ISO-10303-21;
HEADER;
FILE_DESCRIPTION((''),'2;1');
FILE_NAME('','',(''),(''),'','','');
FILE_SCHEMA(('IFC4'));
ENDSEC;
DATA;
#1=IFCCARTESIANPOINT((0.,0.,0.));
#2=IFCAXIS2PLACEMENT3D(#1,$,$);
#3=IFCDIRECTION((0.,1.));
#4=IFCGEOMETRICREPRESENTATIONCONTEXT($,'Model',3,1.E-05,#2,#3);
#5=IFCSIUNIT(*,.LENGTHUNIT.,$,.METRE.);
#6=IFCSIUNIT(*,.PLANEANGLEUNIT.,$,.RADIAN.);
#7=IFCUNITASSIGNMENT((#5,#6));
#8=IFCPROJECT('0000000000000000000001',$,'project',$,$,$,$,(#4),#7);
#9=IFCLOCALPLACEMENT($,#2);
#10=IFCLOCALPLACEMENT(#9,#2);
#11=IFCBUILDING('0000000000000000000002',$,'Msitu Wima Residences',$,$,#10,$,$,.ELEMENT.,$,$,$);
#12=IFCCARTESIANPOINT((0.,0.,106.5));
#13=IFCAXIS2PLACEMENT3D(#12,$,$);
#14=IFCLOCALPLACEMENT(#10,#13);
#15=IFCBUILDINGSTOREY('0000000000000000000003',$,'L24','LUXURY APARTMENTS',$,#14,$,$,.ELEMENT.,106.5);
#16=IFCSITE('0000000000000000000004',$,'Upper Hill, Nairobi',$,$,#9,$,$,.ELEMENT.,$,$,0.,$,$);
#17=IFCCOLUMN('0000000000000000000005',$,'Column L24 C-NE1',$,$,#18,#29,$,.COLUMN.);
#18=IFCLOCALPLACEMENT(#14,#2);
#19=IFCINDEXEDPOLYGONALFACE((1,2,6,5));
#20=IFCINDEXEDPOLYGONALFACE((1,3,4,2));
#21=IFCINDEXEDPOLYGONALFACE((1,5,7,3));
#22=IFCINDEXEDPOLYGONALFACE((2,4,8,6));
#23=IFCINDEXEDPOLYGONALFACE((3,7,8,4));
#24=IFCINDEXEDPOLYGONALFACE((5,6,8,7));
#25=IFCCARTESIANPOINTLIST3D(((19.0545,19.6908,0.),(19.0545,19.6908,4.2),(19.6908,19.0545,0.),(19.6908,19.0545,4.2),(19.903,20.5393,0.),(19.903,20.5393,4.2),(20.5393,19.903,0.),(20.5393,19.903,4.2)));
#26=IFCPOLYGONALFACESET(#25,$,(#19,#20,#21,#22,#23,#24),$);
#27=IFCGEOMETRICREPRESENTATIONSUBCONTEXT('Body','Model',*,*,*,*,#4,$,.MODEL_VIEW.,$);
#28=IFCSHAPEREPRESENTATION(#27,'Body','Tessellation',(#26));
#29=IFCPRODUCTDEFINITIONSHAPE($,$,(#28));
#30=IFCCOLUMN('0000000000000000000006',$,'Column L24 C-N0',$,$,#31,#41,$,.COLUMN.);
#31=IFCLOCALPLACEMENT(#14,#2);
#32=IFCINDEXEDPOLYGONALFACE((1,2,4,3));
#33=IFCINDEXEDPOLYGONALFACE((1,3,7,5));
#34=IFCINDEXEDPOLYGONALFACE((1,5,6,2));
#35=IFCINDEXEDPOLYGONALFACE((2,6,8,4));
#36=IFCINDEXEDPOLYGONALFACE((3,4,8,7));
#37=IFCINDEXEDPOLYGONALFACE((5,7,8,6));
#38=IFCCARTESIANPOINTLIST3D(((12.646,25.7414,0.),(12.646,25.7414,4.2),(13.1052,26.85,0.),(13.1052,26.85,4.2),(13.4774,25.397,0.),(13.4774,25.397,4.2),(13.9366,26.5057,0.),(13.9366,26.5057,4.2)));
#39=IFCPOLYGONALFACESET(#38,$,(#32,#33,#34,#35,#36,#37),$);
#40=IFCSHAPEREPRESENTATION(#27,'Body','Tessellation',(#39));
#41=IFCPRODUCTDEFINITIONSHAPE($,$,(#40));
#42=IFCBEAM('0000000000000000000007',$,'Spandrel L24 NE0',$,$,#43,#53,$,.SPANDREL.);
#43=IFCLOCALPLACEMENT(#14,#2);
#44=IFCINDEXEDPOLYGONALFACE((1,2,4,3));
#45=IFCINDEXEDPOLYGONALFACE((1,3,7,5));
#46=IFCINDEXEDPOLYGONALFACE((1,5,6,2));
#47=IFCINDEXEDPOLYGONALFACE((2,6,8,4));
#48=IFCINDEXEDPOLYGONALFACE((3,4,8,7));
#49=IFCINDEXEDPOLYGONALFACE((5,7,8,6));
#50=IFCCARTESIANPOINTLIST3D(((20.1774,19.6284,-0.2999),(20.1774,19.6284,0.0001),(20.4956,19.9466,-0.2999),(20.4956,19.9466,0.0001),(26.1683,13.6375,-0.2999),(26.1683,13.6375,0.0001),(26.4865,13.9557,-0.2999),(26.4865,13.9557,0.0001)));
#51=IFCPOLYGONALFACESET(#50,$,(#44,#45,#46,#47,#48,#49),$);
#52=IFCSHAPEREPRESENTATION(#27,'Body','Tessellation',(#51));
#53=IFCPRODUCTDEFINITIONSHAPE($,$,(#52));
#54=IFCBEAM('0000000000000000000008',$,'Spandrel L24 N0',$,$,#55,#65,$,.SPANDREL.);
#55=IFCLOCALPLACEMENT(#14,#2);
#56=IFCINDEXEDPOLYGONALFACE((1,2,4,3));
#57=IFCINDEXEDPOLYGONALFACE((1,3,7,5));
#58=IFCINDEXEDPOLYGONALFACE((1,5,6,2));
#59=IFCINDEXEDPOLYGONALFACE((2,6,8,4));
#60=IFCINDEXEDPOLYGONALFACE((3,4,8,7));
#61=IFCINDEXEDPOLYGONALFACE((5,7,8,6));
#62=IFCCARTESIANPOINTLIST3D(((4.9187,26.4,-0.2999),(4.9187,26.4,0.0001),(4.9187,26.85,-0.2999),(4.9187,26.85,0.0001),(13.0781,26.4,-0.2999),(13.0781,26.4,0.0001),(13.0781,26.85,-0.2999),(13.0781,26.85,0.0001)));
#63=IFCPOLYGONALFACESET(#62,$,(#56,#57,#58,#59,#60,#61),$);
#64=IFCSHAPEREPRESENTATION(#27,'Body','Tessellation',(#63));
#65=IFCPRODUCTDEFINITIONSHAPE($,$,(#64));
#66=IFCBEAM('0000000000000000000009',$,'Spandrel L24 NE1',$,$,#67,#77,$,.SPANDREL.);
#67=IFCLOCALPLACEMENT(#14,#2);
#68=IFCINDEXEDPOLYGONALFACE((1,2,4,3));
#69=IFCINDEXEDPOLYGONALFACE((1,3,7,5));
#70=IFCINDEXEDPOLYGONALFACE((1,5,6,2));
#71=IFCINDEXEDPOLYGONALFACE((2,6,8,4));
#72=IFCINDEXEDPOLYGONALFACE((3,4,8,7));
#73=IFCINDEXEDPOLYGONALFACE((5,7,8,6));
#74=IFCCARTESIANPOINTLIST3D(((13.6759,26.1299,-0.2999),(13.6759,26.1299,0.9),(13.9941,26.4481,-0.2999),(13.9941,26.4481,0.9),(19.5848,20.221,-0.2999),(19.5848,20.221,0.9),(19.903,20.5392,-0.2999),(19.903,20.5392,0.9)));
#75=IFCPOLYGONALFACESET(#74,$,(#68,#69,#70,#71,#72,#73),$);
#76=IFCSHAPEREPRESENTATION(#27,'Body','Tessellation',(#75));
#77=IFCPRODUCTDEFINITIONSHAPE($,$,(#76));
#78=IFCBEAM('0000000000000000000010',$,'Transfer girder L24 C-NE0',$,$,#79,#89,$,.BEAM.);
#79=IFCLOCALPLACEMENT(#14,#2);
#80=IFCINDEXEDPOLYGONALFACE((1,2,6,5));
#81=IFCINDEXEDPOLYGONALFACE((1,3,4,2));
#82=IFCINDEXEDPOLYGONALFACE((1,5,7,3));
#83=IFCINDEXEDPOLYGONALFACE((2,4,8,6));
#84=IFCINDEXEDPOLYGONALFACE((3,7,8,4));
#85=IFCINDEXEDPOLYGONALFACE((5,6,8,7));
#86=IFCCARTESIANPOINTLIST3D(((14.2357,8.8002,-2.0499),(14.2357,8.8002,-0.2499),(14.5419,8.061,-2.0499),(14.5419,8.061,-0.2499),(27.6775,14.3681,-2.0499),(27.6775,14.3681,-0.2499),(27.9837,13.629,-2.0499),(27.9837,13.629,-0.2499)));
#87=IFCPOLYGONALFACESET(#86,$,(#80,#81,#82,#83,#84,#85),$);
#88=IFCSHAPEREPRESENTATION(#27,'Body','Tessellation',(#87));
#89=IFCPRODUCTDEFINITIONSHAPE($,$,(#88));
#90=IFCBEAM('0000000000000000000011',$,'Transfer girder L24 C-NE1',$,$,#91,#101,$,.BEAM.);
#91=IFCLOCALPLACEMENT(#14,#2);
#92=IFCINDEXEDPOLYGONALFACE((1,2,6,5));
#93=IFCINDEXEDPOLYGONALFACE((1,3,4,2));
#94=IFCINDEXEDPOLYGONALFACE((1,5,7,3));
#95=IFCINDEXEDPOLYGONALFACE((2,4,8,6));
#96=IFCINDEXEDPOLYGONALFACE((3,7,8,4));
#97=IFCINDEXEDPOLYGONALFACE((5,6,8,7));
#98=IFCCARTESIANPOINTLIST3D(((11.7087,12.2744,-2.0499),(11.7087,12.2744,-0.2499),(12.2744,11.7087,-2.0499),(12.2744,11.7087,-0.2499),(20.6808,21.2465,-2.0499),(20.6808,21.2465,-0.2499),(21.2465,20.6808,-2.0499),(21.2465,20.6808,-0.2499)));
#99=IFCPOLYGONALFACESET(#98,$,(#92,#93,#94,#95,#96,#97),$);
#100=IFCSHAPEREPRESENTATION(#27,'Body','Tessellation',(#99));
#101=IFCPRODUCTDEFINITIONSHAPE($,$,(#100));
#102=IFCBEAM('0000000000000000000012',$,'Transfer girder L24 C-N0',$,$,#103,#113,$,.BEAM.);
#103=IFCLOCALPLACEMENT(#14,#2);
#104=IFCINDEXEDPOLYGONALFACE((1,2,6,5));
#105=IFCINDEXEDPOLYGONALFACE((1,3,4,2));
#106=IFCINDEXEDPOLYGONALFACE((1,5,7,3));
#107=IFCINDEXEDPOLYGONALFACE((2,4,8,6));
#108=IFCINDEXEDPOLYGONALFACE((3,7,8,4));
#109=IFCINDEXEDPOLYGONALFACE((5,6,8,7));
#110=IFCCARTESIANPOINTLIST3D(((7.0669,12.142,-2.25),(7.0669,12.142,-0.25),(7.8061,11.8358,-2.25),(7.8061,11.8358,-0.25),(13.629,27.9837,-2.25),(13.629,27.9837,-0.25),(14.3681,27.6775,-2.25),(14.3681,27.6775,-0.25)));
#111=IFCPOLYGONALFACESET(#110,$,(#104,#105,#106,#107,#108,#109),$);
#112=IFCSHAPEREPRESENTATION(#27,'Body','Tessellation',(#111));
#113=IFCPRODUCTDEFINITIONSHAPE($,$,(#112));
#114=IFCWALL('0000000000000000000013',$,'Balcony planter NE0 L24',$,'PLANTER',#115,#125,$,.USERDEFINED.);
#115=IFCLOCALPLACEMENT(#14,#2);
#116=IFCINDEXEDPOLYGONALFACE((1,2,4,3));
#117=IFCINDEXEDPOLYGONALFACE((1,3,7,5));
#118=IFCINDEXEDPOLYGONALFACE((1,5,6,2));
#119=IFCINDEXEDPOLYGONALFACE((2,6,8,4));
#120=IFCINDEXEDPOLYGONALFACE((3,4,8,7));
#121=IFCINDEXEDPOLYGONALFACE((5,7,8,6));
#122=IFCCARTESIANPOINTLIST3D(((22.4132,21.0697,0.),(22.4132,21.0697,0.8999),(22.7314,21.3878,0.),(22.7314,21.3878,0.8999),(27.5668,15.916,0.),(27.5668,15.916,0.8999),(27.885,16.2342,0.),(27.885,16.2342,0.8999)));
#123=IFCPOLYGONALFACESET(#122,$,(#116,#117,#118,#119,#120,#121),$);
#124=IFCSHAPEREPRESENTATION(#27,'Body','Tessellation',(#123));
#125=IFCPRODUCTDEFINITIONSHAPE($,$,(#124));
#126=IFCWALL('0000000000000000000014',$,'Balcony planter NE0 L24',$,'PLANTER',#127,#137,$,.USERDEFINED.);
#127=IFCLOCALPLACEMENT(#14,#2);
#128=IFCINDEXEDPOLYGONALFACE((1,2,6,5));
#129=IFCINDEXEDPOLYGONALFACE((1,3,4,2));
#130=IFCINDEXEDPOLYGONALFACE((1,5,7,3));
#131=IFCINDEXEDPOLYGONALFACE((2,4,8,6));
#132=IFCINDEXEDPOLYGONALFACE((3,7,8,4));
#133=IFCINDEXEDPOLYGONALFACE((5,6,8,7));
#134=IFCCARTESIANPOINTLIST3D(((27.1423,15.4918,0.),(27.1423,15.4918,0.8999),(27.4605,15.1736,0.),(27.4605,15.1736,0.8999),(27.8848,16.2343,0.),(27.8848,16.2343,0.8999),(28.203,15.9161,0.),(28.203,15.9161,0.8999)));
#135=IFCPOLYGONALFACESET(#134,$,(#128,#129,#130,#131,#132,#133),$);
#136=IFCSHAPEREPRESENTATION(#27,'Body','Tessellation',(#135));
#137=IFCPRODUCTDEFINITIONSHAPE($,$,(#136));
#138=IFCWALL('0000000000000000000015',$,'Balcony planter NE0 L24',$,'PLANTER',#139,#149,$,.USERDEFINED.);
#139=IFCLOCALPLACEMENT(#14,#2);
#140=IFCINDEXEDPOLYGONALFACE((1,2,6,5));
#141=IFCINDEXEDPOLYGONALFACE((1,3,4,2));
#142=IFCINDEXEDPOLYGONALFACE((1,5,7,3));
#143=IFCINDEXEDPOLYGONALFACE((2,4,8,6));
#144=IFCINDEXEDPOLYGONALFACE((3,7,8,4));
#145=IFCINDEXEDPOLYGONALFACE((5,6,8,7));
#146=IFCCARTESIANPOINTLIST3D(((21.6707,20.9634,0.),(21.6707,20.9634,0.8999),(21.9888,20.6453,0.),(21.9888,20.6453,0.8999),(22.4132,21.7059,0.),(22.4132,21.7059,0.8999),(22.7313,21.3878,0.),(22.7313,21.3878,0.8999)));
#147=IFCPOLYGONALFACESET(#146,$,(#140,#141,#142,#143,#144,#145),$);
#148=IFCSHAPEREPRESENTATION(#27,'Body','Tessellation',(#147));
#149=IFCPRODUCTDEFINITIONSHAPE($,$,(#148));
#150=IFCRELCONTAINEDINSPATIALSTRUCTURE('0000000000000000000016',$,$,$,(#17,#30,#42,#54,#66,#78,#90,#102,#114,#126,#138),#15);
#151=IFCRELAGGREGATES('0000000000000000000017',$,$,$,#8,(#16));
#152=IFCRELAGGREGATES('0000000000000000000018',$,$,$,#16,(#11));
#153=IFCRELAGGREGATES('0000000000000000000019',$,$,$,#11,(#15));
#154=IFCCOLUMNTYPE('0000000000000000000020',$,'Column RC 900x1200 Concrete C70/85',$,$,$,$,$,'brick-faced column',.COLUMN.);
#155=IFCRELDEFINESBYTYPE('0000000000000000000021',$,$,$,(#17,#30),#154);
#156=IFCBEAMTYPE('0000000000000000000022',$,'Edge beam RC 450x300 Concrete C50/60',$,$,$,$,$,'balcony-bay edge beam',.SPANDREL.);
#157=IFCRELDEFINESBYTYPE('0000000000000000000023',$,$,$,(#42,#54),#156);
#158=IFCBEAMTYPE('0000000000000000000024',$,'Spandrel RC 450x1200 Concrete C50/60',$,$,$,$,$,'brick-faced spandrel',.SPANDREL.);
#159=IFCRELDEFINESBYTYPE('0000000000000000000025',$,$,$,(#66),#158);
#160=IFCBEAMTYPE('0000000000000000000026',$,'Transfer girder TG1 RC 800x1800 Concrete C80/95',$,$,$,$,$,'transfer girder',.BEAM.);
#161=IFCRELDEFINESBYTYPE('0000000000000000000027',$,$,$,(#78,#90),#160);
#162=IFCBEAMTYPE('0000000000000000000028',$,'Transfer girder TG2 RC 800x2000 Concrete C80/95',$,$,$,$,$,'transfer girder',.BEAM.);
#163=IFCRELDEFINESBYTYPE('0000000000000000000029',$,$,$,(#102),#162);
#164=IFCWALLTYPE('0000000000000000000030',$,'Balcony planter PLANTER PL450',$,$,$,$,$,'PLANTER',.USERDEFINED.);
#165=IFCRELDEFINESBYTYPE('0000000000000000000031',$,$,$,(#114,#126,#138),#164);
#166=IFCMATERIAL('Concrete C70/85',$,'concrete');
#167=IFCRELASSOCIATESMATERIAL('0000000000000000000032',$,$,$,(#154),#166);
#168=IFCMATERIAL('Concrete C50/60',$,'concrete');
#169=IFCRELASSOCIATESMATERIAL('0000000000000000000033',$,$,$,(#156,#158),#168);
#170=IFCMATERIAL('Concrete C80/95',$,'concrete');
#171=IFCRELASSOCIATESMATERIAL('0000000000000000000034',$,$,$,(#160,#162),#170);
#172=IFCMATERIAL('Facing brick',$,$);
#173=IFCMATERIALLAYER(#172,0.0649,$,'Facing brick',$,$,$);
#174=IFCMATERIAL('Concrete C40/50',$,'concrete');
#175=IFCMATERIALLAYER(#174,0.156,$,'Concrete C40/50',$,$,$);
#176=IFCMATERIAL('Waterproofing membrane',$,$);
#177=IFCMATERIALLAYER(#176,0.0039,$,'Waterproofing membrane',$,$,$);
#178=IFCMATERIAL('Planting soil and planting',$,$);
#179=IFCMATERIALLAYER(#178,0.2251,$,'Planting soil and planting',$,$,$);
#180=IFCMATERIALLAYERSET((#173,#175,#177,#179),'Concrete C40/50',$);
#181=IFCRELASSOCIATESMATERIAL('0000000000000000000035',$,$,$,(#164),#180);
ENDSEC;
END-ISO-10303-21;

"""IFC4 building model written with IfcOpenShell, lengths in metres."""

from ifc_helpers import new_model, si_unit, direction, frame, frame_2d, origin, origin_2d, place, context, subcontext, project, spatial, rectangle, extrude, material, layer, layer_set, material_profile, profile_set, type_object, element, save


model = new_model("IFC4")

# Units and contexts
model_context = context("Model", 3, precision=1e-05, world=origin(), true_north=direction((0.0, 1.0)))
body_context = subcontext(model_context, "Body", "Model", "MODEL_VIEW")
ifc_project = project(units=[si_unit("LENGTHUNIT", "METRE"), si_unit("PLANEANGLEUNIT", "RADIAN")], contexts=[model_context])

# Site, building, storey
site_placement = place(None, origin())
site = spatial("IfcSite", under=ifc_project, at=site_placement, Name="Upper Hill, Nairobi", CompositionType="ELEMENT", RefElevation=0.0)
building_placement = place(site_placement, origin())
building = spatial("IfcBuilding", under=site, at=building_placement, Name="Msitu Wima Residences", CompositionType="ELEMENT")
storey_placement = place(building_placement, frame((0.0, 0.0, 106.5)))
storey = spatial("IfcBuildingStorey", under=building, at=storey_placement, Name="L24", Description="LUXURY APARTMENTS", CompositionType="ELEMENT", Elevation=106.5)

# Columns
ifc_material_1 = material(Name="Concrete C70/85", Category="concrete")
ifc_material_profile_1 = material_profile(ifc_material_1, rectangle(XDim=0.8999, YDim=1.2, at=origin_2d()), Name="RC 900x1200")
ifc_profile_set_1 = profile_set([ifc_material_profile_1], Name="Concrete C70/85")
column_type = type_object("IfcColumnType", Name="Column RC 900x1200 Concrete C70/85", ElementType="brick-faced column", PredefinedType="COLUMN", material=ifc_profile_set_1)
for number, where, z_axis, x_axis, name in (
    (1, (19.7969, 19.7969, 0.0), (0.0, 0.0, 1.0), (-0.707107, 0.707107, 0.0), "Column L24 C-NE1"),
    (2, (13.2913, 26.1235, 0.0), (0.0, 0.0, 1.0), (-0.92388, 0.382683, 0.0), "Column L24 C-N0"),
):
    element("IfcColumn", number, at=place(storey_placement, frame(where, z_axis=z_axis, x_axis=x_axis)), inside=storey, type_object=column_type, Name=name, PredefinedType="COLUMN", context=body_context, shape_type="SweptSolid", body=[
        extrude(rectangle(XDim=0.8999, YDim=1.2, at=origin_2d()), origin(), (0.0, 0.0, 1.0), 4.2),
    ])

# Beams
ifc_material_2 = material(Name="Concrete C50/60", Category="concrete")
ifc_material_profile_2 = material_profile(ifc_material_2, rectangle(XDim=0.45, YDim=0.3, at=origin_2d()), Name="RC 450x300")
ifc_profile_set_2 = profile_set([ifc_material_profile_2], Name="Concrete C50/60")
beam_type_1 = type_object("IfcBeamType", Name="Edge beam RC 450x300 Concrete C50/60", ElementType="balcony-bay edge beam", PredefinedType="SPANDREL", material=ifc_profile_set_2)
beam_1_placement = place(storey_placement, frame((26.3274, 13.7966, -0.1499), z_axis=(-0.707107, 0.707107, 0.0), x_axis=(-0.707107, -0.707107, 0.0)))
element("IfcBeam", 3, at=beam_1_placement, inside=storey, type_object=beam_type_1, Name="Spandrel L24 NE0", PredefinedType="SPANDREL", context=body_context, shape_type="SweptSolid", body=[
    extrude(rectangle(XDim=0.45, YDim=0.3, at=origin_2d()), origin(), (0.0, 0.0, 1.0), 8.4724),
])
beam_2_placement = place(storey_placement, frame((13.0781, 26.625, -0.1499), z_axis=(-1.0, 0.0, 0.0), x_axis=(0.0, -1.0, 0.0)))
element("IfcBeam", 4, at=beam_2_placement, inside=storey, type_object=beam_type_1, Name="Spandrel L24 N0", PredefinedType="SPANDREL", context=body_context, shape_type="SweptSolid", body=[
    extrude(rectangle(XDim=0.45, YDim=0.3, at=origin_2d()), origin(), (0.0, 0.0, 1.0), 8.1594),
])
ifc_material_profile_3 = material_profile(ifc_material_2, rectangle(XDim=0.45, YDim=1.2, at=origin_2d()), Name="RC 450x1200")
ifc_profile_set_3 = profile_set([ifc_material_profile_3], Name="Concrete C50/60")
beam_type_2 = type_object("IfcBeamType", Name="Spandrel RC 450x1200 Concrete C50/60", ElementType="brick-faced spandrel", PredefinedType="SPANDREL", material=ifc_profile_set_3)
beam_3_placement = place(storey_placement, frame((19.7439, 20.3801, 0.3), z_axis=(-0.707107, 0.707107, 0.0), x_axis=(-0.707107, -0.707107, 0.0)))
element("IfcBeam", 5, at=beam_3_placement, inside=storey, type_object=beam_type_2, Name="Spandrel L24 NE1", PredefinedType="SPANDREL", context=body_context, shape_type="SweptSolid", body=[
    extrude(rectangle(XDim=0.45, YDim=1.2, at=origin_2d()), origin(), (0.0, 0.0, 1.0), 8.3564),
])
ifc_material_3 = material(Name="Concrete C80/95", Category="concrete")
ifc_material_profile_4 = material_profile(ifc_material_3, rectangle(XDim=0.8, YDim=1.8, at=origin_2d()), Name="RC 800x1800")
ifc_profile_set_4 = profile_set([ifc_material_profile_4], Name="Concrete C80/95")
beam_type_3 = type_object("IfcBeamType", Name="Transfer girder TG1 RC 800x1800 Concrete C80/95", ElementType="transfer girder", PredefinedType="BEAM", material=ifc_profile_set_4)
beam_4_placement = place(storey_placement, frame((27.8306, 13.9985, -1.1499), z_axis=(-0.923876, -0.382693, 0.0), x_axis=(0.382693, -0.923876, 0.0)))
element("IfcBeam", 6, at=beam_4_placement, inside=storey, type_object=beam_type_3, Name="Transfer girder L24 C-NE0", PredefinedType="BEAM", context=body_context, shape_type="SweptSolid", body=[
    extrude(rectangle(XDim=0.8, YDim=1.8, at=origin_2d()), origin(), (0.0, 0.0, 1.0), 14.5493),
])
beam_5_placement = place(storey_placement, frame((20.9636, 20.9636, -1.1499), z_axis=(-0.707107, -0.707107, 0.0), x_axis=(0.707107, -0.707107, 0.0)))
element("IfcBeam", 7, at=beam_5_placement, inside=storey, type_object=beam_type_3, Name="Transfer girder L24 C-NE1", PredefinedType="BEAM", context=body_context, shape_type="SweptSolid", body=[
    extrude(rectangle(XDim=0.8, YDim=1.8, at=origin_2d()), origin(), (0.0, 0.0, 1.0), 12.6885),
])
ifc_material_profile_5 = material_profile(ifc_material_3, rectangle(XDim=0.8, YDim=2.0, at=origin_2d()), Name="RC 800x2000")
ifc_profile_set_5 = profile_set([ifc_material_profile_5], Name="Concrete C80/95")
beam_type_4 = type_object("IfcBeamType", Name="Transfer girder TG2 RC 800x2000 Concrete C80/95", ElementType="transfer girder", PredefinedType="BEAM", material=ifc_profile_set_5)
beam_6_placement = place(storey_placement, frame((13.9985, 27.8306, -1.25), z_axis=(-0.382695, -0.923875, 0.0), x_axis=(0.923875, -0.382695, 0.0)))
element("IfcBeam", 8, at=beam_6_placement, inside=storey, type_object=beam_type_4, Name="Transfer girder L24 C-N0", PredefinedType="BEAM", context=body_context, shape_type="SweptSolid", body=[
    extrude(rectangle(XDim=0.8, YDim=2.0, at=origin_2d()), origin(), (0.0, 0.0, 1.0), 17.147),
])

# Walls
ifc_material_4 = material(Name="Facing brick")
ifc_layer_1 = layer(ifc_material_4, 0.0649, Name="Facing brick")
ifc_material_5 = material(Name="Concrete C40/50", Category="concrete")
ifc_layer_2 = layer(ifc_material_5, 0.156, Name="Concrete C40/50")
ifc_material_6 = material(Name="Waterproofing membrane")
ifc_layer_3 = layer(ifc_material_6, 0.0039, Name="Waterproofing membrane")
ifc_material_7 = material(Name="Planting soil and planting")
ifc_layer_4 = layer(ifc_material_7, 0.2251, Name="Planting soil and planting")
ifc_layer_set_1 = layer_set([ifc_layer_1, ifc_layer_2, ifc_layer_3, ifc_layer_4], Name="Concrete C40/50")
wall_type_1 = type_object("IfcWallType", Name="Balcony planter PLANTER PL450", ElementType="PLANTER", PredefinedType="USERDEFINED", material=ifc_layer_set_1)
wall_1_placement = place(storey_placement, frame((27.7258, 16.0752, 0.0), z_axis=(0.0, 0.0, 1.0), x_axis=(-0.707107, 0.707107, 0.0)))
element("IfcWall", 9, at=wall_1_placement, inside=storey, type_object=wall_type_1, Name="Balcony planter NE0 L24", ObjectType="PLANTER", PredefinedType="USERDEFINED", context=body_context, shape_type="SweptSolid", body=[
    extrude(rectangle(XDim=7.2883, YDim=0.45, at=frame_2d((3.644, 0.0))), origin(), (0.0, 0.0, 1.0), 0.8999),
])
for number, where, z_axis, x_axis, name in (
    (10, (27.3015, 15.3328, 0.0), (0.0, 0.0, 1.0), (0.707107, 0.707107, 0.0), "Balcony planter NE0 L24"),
    (11, (21.8298, 20.8044, 0.0), (0.0, 0.0, 1.0), (0.707107, 0.707107, 0.0), "Balcony planter NE0 L24"),
):
    element("IfcWall", number, at=place(storey_placement, frame(where, z_axis=z_axis, x_axis=x_axis)), inside=storey, type_object=wall_type_1, Name=name, ObjectType="PLANTER", PredefinedType="USERDEFINED", context=body_context, shape_type="SweptSolid", body=[
        extrude(rectangle(XDim=1.05, YDim=0.45, at=frame_2d((0.5249, 0.0))), origin(), (0.0, 0.0, 1.0), 0.8999),
    ])

save(model, "model.ifc")
